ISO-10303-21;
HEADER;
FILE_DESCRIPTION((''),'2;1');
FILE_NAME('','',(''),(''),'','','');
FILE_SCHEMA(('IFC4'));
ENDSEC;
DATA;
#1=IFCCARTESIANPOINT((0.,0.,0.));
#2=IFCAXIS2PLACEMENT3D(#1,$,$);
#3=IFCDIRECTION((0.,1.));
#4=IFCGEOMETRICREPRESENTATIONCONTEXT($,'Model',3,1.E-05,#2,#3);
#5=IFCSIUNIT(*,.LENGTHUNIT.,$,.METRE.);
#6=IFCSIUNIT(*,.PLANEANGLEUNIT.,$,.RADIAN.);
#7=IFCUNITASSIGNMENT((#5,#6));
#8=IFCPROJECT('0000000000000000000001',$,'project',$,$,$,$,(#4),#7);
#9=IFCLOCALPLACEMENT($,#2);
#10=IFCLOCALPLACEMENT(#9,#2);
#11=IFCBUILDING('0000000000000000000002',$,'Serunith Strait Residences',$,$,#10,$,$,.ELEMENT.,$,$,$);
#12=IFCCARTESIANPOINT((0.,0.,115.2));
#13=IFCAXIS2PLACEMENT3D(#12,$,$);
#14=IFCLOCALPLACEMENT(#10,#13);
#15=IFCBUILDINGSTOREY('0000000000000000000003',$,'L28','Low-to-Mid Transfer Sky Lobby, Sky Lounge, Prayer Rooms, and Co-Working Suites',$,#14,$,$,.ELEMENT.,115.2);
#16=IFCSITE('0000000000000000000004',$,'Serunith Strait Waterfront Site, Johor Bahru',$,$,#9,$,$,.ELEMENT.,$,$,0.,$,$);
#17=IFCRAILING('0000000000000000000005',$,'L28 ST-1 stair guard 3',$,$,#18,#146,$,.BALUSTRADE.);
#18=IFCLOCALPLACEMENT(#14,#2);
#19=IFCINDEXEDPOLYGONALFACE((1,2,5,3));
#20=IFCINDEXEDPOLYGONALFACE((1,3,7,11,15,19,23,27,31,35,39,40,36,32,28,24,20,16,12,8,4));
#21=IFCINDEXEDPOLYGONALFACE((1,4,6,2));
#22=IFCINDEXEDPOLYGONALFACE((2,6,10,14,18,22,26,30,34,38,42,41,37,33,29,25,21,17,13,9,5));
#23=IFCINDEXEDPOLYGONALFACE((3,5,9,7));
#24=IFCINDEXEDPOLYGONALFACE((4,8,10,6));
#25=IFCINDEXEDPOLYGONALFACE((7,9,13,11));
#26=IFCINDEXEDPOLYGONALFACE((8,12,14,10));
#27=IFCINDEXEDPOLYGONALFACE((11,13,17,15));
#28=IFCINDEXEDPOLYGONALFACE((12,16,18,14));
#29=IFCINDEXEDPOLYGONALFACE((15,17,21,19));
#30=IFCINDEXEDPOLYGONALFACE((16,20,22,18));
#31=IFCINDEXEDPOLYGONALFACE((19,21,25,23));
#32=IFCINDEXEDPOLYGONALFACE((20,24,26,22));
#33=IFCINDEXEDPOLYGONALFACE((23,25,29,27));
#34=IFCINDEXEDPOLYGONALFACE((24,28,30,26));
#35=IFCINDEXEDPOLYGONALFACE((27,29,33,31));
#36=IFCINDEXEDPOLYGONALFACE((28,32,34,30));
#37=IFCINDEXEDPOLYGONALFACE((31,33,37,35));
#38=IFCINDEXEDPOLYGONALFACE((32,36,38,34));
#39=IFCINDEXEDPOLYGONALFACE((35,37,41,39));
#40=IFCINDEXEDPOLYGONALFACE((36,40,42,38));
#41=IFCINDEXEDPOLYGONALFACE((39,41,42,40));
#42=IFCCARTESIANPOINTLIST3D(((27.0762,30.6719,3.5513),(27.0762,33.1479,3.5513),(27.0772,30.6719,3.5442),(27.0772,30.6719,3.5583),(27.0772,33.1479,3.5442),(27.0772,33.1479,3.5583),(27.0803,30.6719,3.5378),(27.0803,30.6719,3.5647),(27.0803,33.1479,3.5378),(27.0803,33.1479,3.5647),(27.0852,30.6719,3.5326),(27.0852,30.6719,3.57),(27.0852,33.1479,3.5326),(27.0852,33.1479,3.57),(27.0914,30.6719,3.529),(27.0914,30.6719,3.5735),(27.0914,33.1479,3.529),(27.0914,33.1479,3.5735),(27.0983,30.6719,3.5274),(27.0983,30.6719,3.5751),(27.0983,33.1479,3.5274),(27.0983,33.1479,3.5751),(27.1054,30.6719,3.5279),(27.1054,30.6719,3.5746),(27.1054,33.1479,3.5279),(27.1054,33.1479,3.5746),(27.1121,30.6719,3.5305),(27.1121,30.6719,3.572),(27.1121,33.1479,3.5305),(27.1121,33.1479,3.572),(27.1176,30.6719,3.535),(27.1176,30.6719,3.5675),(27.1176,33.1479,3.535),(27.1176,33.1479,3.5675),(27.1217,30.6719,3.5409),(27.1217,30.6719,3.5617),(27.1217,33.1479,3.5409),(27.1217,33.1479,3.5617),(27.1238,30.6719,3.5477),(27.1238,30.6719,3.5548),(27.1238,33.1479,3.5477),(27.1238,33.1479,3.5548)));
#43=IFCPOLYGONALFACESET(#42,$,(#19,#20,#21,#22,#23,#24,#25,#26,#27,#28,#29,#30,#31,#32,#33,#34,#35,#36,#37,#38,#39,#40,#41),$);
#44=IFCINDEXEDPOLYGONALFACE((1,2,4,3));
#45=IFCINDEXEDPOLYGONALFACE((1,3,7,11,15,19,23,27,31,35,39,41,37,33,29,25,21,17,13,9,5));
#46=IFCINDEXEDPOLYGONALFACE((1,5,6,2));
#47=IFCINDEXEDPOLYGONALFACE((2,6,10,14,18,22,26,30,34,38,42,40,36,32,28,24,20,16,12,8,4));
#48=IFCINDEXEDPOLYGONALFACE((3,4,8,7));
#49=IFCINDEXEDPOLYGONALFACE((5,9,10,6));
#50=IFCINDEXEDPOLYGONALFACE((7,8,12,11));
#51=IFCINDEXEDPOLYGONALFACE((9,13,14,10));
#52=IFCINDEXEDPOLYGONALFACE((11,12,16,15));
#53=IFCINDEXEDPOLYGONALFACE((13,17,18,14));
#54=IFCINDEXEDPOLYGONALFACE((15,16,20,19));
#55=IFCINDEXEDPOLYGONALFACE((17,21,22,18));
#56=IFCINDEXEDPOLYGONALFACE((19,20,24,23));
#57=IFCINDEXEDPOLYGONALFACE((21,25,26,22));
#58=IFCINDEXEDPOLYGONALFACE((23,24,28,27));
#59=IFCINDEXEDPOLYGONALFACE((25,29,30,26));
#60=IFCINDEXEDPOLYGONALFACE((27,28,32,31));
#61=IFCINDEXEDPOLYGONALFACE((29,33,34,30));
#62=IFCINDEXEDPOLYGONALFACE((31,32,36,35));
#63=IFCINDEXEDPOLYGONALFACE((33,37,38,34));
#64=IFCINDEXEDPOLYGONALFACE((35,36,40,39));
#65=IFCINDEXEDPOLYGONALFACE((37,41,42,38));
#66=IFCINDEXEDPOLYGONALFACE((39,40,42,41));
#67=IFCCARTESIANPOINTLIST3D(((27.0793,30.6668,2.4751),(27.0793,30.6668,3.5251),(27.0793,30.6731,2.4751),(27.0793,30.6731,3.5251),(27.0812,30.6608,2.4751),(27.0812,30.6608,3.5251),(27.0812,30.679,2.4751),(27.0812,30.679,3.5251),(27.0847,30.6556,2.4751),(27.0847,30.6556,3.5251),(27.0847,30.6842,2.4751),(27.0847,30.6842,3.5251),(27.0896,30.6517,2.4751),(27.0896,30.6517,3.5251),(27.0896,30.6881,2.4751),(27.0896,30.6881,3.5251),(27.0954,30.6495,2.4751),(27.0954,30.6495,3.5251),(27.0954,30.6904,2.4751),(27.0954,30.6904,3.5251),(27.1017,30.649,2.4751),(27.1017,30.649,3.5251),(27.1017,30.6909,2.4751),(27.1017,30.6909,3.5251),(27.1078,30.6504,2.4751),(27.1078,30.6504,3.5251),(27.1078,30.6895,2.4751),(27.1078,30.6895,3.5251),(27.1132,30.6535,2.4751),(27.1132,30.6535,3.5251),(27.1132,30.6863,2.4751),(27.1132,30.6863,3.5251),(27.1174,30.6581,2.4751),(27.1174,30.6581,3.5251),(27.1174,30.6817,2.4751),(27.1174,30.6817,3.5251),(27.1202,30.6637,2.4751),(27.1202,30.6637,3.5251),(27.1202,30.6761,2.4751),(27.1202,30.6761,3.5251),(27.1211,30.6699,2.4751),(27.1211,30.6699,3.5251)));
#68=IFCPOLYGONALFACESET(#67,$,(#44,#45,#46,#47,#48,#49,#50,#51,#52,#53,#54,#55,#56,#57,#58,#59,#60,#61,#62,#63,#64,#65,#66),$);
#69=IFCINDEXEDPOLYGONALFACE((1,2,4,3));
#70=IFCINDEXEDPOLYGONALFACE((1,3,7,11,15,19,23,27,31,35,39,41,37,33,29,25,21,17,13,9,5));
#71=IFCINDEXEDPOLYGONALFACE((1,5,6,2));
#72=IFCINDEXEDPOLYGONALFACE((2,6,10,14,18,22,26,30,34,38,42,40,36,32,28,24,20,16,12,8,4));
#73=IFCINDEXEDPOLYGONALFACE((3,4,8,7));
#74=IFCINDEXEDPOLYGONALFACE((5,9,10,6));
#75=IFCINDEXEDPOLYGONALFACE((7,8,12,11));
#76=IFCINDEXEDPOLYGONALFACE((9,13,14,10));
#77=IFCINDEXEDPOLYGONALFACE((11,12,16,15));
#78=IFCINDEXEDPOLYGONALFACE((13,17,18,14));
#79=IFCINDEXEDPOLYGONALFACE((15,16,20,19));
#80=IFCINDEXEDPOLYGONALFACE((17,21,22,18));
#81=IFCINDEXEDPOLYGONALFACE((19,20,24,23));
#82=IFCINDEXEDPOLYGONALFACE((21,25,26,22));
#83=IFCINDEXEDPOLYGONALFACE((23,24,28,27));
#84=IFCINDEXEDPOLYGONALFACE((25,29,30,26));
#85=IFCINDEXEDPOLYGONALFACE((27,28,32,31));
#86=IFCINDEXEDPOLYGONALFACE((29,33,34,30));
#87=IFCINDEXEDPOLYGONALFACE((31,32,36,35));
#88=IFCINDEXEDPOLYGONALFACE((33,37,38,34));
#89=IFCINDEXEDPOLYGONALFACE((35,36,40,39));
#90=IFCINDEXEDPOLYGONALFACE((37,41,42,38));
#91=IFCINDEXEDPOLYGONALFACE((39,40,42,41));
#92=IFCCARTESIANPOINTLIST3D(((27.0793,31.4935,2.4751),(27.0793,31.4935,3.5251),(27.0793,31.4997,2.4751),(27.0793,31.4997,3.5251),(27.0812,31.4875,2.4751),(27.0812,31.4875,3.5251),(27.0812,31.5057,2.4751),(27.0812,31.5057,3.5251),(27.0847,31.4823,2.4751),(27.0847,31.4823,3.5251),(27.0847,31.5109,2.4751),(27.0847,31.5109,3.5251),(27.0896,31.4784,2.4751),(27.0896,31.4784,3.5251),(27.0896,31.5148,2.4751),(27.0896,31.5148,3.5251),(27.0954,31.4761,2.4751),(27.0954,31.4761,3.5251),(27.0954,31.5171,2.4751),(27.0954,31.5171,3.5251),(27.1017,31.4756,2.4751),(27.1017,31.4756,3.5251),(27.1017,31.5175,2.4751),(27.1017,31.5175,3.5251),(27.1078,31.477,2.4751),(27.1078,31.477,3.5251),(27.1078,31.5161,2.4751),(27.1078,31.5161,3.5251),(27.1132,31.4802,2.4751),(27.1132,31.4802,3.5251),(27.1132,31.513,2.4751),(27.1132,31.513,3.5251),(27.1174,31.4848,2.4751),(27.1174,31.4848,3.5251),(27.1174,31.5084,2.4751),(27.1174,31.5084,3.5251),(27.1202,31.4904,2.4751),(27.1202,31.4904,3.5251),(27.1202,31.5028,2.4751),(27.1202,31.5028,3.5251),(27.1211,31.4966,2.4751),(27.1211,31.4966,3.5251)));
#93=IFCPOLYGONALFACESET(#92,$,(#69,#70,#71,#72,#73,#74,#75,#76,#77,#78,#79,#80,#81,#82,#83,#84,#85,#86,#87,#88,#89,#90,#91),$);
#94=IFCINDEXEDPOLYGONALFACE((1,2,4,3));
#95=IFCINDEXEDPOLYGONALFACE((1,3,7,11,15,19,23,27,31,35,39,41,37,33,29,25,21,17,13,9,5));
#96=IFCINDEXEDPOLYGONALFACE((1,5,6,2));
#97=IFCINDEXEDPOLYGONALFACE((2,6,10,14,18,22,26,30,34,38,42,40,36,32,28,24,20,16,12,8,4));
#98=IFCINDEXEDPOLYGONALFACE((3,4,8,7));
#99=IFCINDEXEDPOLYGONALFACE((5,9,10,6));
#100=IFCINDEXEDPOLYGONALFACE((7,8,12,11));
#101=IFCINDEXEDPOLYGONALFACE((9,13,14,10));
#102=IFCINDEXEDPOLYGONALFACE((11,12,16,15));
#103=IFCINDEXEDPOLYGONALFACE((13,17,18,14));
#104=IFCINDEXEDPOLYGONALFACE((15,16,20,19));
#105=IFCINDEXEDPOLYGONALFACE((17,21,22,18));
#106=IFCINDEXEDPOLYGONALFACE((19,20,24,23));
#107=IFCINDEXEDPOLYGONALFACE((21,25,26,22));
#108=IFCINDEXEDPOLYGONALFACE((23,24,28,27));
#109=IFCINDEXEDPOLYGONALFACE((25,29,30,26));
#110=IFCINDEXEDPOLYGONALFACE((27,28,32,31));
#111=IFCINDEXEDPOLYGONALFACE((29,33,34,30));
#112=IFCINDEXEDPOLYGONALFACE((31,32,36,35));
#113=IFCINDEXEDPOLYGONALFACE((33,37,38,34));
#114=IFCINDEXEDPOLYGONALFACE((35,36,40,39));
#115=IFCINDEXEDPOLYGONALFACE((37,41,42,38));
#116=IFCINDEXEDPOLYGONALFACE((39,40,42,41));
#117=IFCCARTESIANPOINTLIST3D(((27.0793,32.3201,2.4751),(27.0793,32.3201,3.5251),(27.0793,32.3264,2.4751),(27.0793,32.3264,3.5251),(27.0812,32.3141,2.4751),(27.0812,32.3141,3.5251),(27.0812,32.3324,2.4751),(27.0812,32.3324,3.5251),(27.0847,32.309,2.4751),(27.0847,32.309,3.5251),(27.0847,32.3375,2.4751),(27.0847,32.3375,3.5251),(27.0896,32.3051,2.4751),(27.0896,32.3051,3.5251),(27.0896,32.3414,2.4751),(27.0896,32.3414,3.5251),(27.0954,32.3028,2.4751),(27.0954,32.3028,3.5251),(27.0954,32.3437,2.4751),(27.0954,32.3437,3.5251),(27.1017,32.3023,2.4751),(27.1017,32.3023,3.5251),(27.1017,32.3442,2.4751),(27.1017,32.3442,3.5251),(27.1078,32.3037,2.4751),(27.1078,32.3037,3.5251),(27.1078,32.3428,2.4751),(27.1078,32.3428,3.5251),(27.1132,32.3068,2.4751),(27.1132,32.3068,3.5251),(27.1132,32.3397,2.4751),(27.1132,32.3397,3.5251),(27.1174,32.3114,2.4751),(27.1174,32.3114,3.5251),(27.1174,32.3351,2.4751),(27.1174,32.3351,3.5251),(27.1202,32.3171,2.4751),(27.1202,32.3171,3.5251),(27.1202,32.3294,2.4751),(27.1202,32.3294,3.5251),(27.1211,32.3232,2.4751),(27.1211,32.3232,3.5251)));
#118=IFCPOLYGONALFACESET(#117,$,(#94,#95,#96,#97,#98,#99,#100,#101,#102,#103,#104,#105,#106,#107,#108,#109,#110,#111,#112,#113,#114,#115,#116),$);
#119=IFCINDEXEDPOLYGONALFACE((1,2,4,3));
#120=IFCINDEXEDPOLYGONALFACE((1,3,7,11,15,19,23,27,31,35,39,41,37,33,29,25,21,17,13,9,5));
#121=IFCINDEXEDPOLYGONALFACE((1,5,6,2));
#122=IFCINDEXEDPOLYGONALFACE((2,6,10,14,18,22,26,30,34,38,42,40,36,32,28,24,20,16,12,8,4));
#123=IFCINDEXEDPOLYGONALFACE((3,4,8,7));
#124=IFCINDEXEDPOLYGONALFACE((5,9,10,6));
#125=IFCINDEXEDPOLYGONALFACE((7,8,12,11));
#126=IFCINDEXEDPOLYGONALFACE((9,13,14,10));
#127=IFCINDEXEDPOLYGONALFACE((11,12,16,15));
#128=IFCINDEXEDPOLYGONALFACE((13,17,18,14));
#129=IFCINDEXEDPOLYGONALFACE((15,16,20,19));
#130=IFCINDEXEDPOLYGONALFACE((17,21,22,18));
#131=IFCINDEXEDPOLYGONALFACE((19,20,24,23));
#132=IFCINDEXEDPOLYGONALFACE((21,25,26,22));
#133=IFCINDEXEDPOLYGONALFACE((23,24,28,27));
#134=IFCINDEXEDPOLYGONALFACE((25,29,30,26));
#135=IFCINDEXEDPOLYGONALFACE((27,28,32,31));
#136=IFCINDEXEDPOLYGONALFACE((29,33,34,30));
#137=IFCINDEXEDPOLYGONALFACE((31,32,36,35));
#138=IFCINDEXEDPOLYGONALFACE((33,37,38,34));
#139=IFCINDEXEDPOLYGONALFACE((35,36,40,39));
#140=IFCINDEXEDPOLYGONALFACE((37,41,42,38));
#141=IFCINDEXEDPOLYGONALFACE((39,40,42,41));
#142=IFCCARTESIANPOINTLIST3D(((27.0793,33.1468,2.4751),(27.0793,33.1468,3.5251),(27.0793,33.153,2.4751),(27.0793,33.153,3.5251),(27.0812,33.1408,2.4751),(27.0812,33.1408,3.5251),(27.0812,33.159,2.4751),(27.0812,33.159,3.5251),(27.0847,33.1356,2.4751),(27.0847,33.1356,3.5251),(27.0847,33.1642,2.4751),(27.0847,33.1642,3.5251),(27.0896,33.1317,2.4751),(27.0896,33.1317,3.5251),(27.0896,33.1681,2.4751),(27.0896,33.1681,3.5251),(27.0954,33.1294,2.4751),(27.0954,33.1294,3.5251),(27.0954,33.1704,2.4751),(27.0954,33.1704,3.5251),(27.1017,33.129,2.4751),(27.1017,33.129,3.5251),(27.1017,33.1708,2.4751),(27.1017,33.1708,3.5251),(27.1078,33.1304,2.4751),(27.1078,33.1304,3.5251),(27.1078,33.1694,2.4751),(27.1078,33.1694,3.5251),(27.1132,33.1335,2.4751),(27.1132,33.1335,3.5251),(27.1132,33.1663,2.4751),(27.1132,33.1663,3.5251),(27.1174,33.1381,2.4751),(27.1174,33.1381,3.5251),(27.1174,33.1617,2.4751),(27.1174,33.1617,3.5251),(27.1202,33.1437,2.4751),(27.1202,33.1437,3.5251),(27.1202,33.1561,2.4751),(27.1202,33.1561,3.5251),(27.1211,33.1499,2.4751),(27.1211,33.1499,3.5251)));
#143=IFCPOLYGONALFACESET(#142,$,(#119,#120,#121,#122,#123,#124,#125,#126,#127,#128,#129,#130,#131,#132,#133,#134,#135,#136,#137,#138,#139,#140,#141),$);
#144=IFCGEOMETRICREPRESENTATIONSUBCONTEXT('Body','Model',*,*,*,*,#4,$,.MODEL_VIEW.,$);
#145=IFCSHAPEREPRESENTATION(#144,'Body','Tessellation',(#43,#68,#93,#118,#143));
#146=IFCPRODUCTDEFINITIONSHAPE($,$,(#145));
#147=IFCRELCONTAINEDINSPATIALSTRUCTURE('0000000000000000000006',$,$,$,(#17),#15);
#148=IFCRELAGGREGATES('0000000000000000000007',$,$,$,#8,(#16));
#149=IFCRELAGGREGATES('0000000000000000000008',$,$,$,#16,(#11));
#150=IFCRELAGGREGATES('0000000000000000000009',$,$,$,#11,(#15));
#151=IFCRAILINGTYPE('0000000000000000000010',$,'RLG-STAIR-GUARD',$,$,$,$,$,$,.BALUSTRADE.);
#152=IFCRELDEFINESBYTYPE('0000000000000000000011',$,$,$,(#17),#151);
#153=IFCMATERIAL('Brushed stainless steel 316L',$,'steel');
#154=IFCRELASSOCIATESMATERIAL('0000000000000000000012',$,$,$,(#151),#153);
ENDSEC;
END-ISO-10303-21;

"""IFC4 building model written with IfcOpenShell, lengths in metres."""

from ifc_helpers import new_model, si_unit, direction, frame, origin, origin_2d, place, context, subcontext, project, spatial, circle, extrude, material, type_object, element, save


model = new_model("IFC4")

# Units and contexts
model_context = context("Model", 3, precision=1e-05, world=origin(), true_north=direction((0.0, 1.0)))
body_context = subcontext(model_context, "Body", "Model", "MODEL_VIEW")
ifc_project = project(units=[si_unit("LENGTHUNIT", "METRE"), si_unit("PLANEANGLEUNIT", "RADIAN")], contexts=[model_context])

# Site, building, storey
site_placement = place(None, origin())
site = spatial("IfcSite", under=ifc_project, at=site_placement, Name="Serunith Strait Waterfront Site, Johor Bahru", CompositionType="ELEMENT", RefElevation=0.0)
building_placement = place(site_placement, origin())
building = spatial("IfcBuilding", under=site, at=building_placement, Name="Serunith Strait Residences", CompositionType="ELEMENT")
storey_placement = place(building_placement, frame((0.0, 0.0, 115.2)))
storey = spatial("IfcBuildingStorey", under=building, at=storey_placement, Name="L28", Description="Low-to-Mid Transfer Sky Lobby, Sky Lounge, Prayer Rooms, and Co-Working Suites", CompositionType="ELEMENT", Elevation=115.2)

# Railing
ifc_material_1 = material(Name="Brushed stainless steel 316L", Category="steel")
railing_type_1 = type_object("IfcRailingType", Name="RLG-STAIR-GUARD", PredefinedType="BALUSTRADE", material=ifc_material_1)
for number, where, name in (
    (1, (27.1001, 30.6699, 2.4751), "L28 ST-1 stair guard 3"),
):
    element("IfcRailing", number, at=place(storey_placement, frame(where)), inside=storey, type_object=railing_type_1, Name=name, PredefinedType="BALUSTRADE", context=body_context, shape_type="SweptSolid", body=[
        extrude(circle(Radius=0.0239, at=origin_2d()), frame((0.0, 0.002, 1.0762), z_axis=(0.0, 1.0, 0.0), x_axis=(-1.0, 0.0, 0.0)), (0.0, 0.0, 1.0), 2.4761),
        extrude(circle(Radius=0.021, at=origin_2d()), origin(), (0.0, 0.0, 1.0), 1.05),
        extrude(circle(Radius=0.021, at=origin_2d()), frame((0.0, 0.8267, 0.0)), (0.0, 0.0, 1.0), 1.05),
        extrude(circle(Radius=0.021, at=origin_2d()), frame((0.0, 1.6533, 0.0)), (0.0, 0.0, 1.0), 1.05),
        extrude(circle(Radius=0.021, at=origin_2d()), frame((0.0, 2.48, 0.0)), (0.0, 0.0, 1.0), 1.05),
    ])

save(model, "model.ifc")
